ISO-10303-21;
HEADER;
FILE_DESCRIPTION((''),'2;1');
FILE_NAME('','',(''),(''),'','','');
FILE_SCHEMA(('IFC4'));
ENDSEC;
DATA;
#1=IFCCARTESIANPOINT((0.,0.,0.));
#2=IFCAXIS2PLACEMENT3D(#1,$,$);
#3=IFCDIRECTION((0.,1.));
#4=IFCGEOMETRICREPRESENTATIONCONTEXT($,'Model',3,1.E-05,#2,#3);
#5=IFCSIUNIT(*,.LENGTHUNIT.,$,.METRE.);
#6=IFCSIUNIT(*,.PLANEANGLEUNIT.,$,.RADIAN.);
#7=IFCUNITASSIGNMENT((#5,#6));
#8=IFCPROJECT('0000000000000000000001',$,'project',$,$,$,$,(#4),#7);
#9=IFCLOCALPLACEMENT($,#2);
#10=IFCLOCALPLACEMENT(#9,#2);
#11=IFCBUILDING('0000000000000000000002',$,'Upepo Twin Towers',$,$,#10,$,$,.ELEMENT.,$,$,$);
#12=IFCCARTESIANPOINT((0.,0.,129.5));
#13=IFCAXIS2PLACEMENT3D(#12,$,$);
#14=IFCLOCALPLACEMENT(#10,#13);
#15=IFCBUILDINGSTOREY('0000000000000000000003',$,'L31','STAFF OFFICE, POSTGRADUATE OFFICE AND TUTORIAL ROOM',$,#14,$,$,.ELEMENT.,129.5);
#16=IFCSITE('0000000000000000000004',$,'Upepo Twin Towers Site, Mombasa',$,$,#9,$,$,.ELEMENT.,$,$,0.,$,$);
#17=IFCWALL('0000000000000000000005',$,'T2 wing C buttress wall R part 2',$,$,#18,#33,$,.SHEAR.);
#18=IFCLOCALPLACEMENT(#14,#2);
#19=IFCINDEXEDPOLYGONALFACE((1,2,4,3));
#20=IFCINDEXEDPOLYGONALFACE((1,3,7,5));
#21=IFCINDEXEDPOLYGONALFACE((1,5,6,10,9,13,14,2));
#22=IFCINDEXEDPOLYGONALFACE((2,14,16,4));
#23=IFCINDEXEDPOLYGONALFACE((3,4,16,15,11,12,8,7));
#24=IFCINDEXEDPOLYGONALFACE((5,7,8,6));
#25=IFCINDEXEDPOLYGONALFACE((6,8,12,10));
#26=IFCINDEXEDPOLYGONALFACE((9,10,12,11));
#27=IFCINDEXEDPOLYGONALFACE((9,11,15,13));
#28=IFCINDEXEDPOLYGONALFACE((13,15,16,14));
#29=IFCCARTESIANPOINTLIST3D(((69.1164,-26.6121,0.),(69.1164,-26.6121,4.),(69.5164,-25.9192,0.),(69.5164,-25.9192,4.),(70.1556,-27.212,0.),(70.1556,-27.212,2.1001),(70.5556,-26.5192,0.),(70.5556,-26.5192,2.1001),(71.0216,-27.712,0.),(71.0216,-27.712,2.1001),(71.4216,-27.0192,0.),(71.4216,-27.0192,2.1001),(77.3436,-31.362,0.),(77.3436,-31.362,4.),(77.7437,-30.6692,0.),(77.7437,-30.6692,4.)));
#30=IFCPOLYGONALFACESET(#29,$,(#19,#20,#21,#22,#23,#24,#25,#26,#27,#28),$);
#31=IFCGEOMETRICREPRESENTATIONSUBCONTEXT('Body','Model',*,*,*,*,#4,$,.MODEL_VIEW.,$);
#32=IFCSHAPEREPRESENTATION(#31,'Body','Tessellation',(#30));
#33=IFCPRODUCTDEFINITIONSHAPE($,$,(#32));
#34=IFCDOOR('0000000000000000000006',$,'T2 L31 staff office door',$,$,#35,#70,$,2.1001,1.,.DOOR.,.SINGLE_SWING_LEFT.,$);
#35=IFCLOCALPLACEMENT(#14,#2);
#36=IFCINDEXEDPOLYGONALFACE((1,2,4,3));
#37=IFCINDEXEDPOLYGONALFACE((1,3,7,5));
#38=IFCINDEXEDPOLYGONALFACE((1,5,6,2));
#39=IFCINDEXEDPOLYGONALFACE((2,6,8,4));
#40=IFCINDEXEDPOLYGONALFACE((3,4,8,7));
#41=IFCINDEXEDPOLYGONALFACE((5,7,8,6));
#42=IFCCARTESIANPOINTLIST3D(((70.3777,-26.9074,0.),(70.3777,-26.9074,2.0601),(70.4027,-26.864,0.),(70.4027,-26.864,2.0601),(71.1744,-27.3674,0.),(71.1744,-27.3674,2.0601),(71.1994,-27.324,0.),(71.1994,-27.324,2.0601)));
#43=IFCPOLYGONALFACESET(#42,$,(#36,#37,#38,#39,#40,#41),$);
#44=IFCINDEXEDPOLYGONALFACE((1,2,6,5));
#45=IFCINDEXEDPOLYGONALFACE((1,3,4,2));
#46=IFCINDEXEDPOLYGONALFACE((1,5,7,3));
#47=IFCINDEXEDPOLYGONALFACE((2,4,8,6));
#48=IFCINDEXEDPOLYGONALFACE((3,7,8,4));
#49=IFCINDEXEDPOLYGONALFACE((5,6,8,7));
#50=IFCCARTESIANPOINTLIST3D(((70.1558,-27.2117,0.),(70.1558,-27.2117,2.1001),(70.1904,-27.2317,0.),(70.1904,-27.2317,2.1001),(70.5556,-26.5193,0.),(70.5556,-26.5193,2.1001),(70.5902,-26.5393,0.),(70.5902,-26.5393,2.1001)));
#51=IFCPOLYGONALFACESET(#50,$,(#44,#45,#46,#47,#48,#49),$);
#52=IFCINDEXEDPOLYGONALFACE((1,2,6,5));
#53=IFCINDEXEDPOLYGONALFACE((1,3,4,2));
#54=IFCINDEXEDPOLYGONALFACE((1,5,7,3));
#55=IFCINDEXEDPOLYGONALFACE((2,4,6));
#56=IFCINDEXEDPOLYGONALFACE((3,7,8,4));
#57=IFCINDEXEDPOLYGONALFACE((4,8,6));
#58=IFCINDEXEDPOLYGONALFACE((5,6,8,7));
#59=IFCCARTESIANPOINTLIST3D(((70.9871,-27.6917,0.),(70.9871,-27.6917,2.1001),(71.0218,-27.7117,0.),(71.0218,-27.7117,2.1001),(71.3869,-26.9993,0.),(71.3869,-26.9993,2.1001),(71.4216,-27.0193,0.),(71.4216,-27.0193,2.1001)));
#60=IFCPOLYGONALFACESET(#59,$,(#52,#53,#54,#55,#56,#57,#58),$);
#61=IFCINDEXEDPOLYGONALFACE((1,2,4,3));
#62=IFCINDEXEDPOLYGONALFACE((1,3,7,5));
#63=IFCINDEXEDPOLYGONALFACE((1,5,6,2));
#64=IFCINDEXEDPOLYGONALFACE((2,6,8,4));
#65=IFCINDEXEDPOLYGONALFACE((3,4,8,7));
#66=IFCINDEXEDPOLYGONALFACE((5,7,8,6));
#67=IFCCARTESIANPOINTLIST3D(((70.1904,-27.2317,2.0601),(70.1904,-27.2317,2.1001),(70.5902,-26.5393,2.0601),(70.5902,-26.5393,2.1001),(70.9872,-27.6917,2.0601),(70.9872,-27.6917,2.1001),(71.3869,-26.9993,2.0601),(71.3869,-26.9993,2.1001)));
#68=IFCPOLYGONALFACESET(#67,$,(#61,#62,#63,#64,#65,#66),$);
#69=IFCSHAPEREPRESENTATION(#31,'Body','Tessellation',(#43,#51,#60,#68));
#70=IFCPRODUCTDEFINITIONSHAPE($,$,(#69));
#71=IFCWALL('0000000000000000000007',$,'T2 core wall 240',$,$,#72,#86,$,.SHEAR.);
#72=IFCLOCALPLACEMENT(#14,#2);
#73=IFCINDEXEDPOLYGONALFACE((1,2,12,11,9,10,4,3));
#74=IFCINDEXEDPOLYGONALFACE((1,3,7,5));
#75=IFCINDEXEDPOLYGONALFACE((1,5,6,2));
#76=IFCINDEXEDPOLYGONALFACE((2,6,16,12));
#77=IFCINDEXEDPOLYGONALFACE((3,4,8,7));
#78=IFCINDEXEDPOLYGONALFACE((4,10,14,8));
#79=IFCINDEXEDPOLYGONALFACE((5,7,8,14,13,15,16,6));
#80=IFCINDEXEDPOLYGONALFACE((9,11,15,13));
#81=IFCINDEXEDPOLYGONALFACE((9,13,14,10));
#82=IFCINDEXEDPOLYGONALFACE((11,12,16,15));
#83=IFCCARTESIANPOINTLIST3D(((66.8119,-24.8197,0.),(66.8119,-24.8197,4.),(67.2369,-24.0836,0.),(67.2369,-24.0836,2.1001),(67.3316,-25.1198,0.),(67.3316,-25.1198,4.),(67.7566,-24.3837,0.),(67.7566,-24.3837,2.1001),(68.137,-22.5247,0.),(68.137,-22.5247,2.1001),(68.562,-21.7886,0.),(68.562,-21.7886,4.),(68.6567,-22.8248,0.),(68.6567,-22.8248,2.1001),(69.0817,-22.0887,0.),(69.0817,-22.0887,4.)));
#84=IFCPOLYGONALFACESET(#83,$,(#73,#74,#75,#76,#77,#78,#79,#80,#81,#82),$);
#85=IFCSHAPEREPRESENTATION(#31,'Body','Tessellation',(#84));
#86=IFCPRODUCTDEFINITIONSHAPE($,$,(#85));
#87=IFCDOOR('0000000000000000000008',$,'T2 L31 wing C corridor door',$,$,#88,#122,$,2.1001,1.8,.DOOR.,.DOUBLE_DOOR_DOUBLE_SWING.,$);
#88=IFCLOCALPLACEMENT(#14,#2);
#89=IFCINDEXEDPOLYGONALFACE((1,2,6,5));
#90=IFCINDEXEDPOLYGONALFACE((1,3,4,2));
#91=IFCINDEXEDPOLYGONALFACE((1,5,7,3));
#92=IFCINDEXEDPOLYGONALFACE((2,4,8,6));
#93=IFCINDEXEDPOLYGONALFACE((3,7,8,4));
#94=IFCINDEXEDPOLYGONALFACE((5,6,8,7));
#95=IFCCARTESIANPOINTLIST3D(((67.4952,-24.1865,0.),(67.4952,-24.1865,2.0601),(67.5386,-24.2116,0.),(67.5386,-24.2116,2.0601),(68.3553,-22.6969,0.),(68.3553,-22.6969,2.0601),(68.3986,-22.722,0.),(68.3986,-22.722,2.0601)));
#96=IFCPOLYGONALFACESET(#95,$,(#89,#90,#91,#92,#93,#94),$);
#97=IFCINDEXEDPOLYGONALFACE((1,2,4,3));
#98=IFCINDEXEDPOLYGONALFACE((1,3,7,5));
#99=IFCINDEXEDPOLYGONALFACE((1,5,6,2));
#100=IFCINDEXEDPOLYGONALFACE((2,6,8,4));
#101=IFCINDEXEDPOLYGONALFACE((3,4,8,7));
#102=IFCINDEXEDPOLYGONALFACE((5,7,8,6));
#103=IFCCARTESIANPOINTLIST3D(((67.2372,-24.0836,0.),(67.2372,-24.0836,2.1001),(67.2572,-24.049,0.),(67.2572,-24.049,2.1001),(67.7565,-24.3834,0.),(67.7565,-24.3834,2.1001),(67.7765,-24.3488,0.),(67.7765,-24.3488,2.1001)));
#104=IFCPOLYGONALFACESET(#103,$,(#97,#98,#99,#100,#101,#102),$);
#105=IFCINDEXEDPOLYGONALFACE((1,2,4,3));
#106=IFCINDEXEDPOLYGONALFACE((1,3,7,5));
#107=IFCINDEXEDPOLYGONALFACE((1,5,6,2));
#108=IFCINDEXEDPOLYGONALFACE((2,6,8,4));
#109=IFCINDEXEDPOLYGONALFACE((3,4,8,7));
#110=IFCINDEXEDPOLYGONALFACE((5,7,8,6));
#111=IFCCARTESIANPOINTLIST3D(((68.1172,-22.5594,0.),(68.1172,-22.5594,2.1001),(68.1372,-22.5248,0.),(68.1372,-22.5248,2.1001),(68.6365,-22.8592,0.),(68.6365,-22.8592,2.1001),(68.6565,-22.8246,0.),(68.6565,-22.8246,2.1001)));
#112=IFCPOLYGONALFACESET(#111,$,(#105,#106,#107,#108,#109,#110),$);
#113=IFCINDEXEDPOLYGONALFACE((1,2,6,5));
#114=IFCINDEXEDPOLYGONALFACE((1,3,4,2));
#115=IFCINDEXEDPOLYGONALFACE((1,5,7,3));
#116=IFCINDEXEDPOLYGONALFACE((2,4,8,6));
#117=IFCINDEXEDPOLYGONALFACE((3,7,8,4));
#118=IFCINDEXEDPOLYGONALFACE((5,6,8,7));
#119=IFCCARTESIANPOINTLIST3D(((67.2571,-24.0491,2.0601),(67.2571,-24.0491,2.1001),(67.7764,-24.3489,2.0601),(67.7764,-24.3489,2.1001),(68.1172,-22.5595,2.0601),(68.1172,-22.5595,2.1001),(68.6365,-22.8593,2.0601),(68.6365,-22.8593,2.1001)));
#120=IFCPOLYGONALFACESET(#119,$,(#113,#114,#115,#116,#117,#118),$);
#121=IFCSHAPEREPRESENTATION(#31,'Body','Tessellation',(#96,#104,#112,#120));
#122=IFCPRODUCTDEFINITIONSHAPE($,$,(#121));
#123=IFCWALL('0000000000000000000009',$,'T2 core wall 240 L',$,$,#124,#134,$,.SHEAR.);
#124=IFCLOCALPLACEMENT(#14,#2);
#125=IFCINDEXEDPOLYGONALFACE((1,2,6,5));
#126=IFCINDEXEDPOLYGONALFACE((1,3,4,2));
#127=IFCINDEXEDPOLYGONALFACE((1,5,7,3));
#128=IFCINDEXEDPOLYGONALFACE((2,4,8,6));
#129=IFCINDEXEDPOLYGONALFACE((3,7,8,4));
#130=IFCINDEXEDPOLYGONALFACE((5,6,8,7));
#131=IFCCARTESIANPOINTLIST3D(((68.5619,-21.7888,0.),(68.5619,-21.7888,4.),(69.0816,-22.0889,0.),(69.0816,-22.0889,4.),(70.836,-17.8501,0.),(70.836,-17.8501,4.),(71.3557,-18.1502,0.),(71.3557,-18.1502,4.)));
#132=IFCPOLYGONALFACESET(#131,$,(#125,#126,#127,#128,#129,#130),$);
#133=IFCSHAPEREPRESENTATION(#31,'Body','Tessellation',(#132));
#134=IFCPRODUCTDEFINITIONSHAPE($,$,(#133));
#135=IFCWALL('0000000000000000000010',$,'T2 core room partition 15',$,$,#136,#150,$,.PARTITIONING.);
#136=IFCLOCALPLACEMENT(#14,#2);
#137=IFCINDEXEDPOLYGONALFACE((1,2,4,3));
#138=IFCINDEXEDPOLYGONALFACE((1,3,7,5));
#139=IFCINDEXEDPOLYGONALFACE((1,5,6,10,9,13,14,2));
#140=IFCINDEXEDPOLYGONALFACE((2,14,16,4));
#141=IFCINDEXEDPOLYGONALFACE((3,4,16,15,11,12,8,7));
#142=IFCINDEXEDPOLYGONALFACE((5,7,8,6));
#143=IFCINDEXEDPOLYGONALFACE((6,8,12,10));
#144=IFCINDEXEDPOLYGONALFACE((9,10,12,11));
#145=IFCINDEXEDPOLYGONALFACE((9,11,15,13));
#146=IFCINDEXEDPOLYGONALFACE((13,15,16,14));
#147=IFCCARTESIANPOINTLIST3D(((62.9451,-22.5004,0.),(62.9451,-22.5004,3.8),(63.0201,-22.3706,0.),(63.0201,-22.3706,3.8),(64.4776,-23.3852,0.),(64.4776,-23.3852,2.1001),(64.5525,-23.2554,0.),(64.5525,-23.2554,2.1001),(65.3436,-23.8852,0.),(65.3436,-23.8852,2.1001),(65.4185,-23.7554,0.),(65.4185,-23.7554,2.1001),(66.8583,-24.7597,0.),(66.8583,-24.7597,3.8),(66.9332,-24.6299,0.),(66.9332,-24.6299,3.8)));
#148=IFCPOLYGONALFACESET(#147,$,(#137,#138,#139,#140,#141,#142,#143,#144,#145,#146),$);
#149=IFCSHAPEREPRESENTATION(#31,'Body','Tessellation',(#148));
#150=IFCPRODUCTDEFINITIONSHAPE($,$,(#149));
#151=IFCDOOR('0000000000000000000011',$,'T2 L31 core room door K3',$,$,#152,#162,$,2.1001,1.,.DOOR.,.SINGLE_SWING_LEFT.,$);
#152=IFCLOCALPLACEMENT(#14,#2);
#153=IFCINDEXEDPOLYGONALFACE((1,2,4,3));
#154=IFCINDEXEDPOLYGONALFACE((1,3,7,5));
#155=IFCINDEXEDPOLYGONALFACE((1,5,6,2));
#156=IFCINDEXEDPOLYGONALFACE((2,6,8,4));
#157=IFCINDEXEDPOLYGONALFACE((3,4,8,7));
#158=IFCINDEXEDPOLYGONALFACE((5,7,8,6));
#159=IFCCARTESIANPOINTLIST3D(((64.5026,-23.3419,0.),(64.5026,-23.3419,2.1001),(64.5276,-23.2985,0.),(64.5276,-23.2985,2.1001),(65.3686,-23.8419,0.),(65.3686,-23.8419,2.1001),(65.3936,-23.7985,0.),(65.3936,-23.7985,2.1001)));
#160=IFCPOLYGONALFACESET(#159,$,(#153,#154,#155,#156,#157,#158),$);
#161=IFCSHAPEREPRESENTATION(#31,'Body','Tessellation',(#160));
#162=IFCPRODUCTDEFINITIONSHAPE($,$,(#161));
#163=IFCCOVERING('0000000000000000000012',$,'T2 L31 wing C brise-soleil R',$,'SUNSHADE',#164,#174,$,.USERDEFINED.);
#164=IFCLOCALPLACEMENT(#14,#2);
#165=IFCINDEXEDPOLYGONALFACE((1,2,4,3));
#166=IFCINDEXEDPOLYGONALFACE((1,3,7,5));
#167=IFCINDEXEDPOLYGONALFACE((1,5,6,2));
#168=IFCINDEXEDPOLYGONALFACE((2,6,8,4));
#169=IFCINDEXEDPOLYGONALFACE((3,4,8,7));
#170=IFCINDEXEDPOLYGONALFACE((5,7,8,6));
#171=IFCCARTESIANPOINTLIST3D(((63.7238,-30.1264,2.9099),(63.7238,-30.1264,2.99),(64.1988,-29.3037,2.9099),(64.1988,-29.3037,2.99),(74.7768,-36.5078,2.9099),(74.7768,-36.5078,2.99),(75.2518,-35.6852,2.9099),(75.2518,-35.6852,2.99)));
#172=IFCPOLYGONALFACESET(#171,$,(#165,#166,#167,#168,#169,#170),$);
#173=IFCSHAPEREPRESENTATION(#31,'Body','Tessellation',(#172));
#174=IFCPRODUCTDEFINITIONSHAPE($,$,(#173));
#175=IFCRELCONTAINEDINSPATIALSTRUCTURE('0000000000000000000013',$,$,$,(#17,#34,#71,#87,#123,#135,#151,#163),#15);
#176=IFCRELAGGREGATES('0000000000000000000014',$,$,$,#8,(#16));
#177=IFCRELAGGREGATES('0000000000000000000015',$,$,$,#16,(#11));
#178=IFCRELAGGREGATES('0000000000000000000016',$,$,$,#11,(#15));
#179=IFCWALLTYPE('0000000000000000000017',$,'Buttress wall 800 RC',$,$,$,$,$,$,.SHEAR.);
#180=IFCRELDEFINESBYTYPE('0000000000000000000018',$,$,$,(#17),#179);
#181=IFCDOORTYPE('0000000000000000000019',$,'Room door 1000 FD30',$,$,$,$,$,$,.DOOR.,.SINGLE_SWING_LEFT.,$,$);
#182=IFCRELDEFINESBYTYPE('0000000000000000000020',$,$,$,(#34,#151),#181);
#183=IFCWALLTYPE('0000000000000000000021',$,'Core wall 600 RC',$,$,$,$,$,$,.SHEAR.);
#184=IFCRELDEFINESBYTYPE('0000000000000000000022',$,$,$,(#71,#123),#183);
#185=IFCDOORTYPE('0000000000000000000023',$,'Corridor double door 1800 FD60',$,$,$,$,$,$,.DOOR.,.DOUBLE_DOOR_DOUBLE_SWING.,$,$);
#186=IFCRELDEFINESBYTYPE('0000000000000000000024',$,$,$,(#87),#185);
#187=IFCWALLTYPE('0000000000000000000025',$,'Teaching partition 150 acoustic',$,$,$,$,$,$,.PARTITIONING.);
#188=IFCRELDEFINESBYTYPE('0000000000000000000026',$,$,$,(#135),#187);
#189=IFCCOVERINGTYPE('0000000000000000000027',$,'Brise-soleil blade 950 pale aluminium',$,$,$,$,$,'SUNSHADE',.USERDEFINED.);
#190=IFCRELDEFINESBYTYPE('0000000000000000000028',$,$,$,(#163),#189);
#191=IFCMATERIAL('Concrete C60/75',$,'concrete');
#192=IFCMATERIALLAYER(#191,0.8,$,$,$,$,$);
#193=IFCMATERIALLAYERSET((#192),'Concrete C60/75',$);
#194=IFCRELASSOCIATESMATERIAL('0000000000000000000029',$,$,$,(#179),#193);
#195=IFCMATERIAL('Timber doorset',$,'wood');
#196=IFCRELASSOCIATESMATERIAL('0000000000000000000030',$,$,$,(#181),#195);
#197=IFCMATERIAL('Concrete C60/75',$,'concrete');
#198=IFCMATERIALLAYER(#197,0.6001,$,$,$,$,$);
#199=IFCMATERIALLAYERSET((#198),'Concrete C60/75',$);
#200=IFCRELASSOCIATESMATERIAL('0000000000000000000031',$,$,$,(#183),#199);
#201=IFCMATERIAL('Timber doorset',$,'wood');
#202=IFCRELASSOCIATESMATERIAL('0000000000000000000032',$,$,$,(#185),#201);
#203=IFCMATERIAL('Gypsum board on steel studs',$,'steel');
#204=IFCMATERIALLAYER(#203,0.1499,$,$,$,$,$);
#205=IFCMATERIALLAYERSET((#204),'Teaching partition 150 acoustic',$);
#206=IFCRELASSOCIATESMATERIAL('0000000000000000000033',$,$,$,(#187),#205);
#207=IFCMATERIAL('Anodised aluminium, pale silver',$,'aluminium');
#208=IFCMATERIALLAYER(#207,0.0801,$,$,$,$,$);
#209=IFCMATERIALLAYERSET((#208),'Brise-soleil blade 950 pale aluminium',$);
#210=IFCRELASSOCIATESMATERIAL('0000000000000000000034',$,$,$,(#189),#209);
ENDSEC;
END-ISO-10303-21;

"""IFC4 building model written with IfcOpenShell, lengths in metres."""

from ifc_helpers import new_model, si_unit, direction, frame, frame_2d, origin, origin_2d, place, context, subcontext, project, spatial, rectangle, extrude, material, layer, layer_set, type_object, element, fill, save


model = new_model("IFC4")

# Units and contexts
model_context = context("Model", 3, precision=1e-05, world=origin(), true_north=direction((0.0, 1.0)))
body_context = subcontext(model_context, "Body", "Model", "MODEL_VIEW")
ifc_project = project(units=[si_unit("LENGTHUNIT", "METRE"), si_unit("PLANEANGLEUNIT", "RADIAN")], contexts=[model_context])

# Site, building, storey
site_placement = place(None, origin())
site = spatial("IfcSite", under=ifc_project, at=site_placement, Name="Upepo Twin Towers Site, Mombasa", CompositionType="ELEMENT", RefElevation=0.0)
building_placement = place(site_placement, origin())
building = spatial("IfcBuilding", under=site, at=building_placement, Name="Upepo Twin Towers", CompositionType="ELEMENT")
storey_placement = place(building_placement, frame((0.0, 0.0, 129.5)))
storey = spatial("IfcBuildingStorey", under=building, at=storey_placement, Name="L31", Description="STAFF OFFICE, POSTGRADUATE OFFICE AND TUTORIAL ROOM", CompositionType="ELEMENT", Elevation=129.5)

# Walls, openings, doors
ifc_material_1 = material(Name="Concrete C60/75", Category="concrete")
ifc_layer_1 = layer(ifc_material_1, 0.8)
ifc_layer_set_1 = layer_set([ifc_layer_1], Name="Concrete C60/75")
wall_type_1 = type_object("IfcWallType", Name="Buttress wall 800 RC", PredefinedType="SHEAR", material=ifc_layer_set_1)
ifc_material_2 = material(Name="Timber doorset", Category="wood")
door_type_1 = type_object("IfcDoorType", Name="Room door 1000 FD30", OperationType="SINGLE_SWING_LEFT", PredefinedType="DOOR", material=ifc_material_2)
wall_1_placement = place(storey_placement, frame((69.3164, -26.2656, 0.0), z_axis=(0.0, 0.0, 1.0), x_axis=(0.866027, -0.499998, 0.0)))
wall_1 = element("IfcWall", 1, at=wall_1_placement, inside=storey, type_object=wall_type_1, Name="T2 wing C buttress wall R part 2", PredefinedType="SHEAR", context=body_context, shape_type="SweptSolid", body=[
    extrude(rectangle(XDim=9.5, YDim=0.8, at=frame_2d((4.75, 0.0))), origin(), (0.0, 0.0, 1.0), 4.0),
])
opening_1_placement = place(wall_1_placement, frame((1.2, 0.0, 0.0)))
opening_1 = element("IfcOpeningElement", 2, at=opening_1_placement, cuts=wall_1, PredefinedType="OPENING", context=body_context, shape_type="SweptSolid", body=[
    extrude(rectangle(XDim=1.0, YDim=2.1001, at=frame_2d((0.5, 1.05))), frame((0.0, 0.4099, 0.0), z_axis=(0.0, -1.0, 0.0), x_axis=(1.0, 0.0, 0.0)), (0.0, 0.0, 1.0), 0.8201),
])
door_1_placement = place(opening_1_placement, origin())
door_1 = element("IfcDoor", 3, at=door_1_placement, inside=storey, type_object=door_type_1, Name="T2 L31 staff office door", OperationType="SINGLE_SWING_LEFT", OverallHeight=2.1001, OverallWidth=1.0, PredefinedType="DOOR", context=body_context, shape_type="SweptSolid", body=[
    extrude(rectangle(XDim=0.92, YDim=2.0601, at=frame_2d((0.5, 1.03))), frame((0.0, 0.0249, 0.0), z_axis=(0.0, -1.0, 0.0), x_axis=(1.0, 0.0, 0.0)), (0.0, 0.0, 1.0), 0.05),
    extrude(rectangle(XDim=0.04, YDim=2.1001, at=frame_2d((0.02, 1.05))), frame((0.0, 0.3999, 0.0), z_axis=(0.0, -1.0, 0.0), x_axis=(1.0, 0.0, 0.0)), (0.0, 0.0, 1.0), 0.7996),
    extrude(rectangle(XDim=0.04, YDim=2.1001, at=frame_2d((0.98, 1.05))), frame((0.0, 0.3999, 0.0), z_axis=(0.0, -1.0, 0.0), x_axis=(1.0, 0.0, 0.0)), (0.0, 0.0, 1.0), 0.7996),
    extrude(rectangle(XDim=0.92, YDim=0.04, at=frame_2d((0.5, 2.0801))), frame((0.0, 0.3999, 0.0), z_axis=(0.0, -1.0, 0.0), x_axis=(1.0, 0.0, 0.0)), (0.0, 0.0, 1.0), 0.7996),
])
fill(opening_1, door_1)
ifc_material_3 = material(Name="Concrete C60/75", Category="concrete")
ifc_layer_2 = layer(ifc_material_3, 0.6001)
ifc_layer_set_2 = layer_set([ifc_layer_2], Name="Concrete C60/75")
wall_type_2 = type_object("IfcWallType", Name="Core wall 600 RC", PredefinedType="SHEAR", material=ifc_layer_set_2)
wall_2_placement = place(storey_placement, frame((67.0718, -24.9697, 0.0), z_axis=(0.0, 0.0, 1.0), x_axis=(0.50001, 0.866019, 0.0)))
wall_2 = element("IfcWall", 4, at=wall_2_placement, inside=storey, type_object=wall_type_2, Name="T2 core wall 240", PredefinedType="SHEAR", context=body_context, shape_type="SweptSolid", body=[
    extrude(rectangle(XDim=3.5, YDim=0.6001, at=frame_2d((1.75, 0.0))), origin(), (0.0, 0.0, 1.0), 4.0),
])
opening_2_placement = place(wall_2_placement, frame((0.8501, 0.0, 0.0)))
opening_2 = element("IfcOpeningElement", 5, at=opening_2_placement, cuts=wall_2, PredefinedType="OPENING", context=body_context, shape_type="SweptSolid", body=[
    extrude(rectangle(XDim=1.8, YDim=2.1001, at=frame_2d((0.8999, 1.05))), frame((0.0, 0.3101, 0.0), z_axis=(0.0, -1.0, 0.0), x_axis=(1.0, 0.0, 0.0)), (0.0, 0.0, 1.0), 0.6201),
])
ifc_material_4 = material(Name="Timber doorset", Category="wood")
door_type_2 = type_object("IfcDoorType", Name="Corridor double door 1800 FD60", OperationType="DOUBLE_DOOR_DOUBLE_SWING", PredefinedType="DOOR", material=ifc_material_4)
door_2_placement = place(opening_2_placement, origin())
door_2 = element("IfcDoor", 6, at=door_2_placement, inside=storey, type_object=door_type_2, Name="T2 L31 wing C corridor door", OperationType="DOUBLE_DOOR_DOUBLE_SWING", OverallHeight=2.1001, OverallWidth=1.8, PredefinedType="DOOR", context=body_context, shape_type="SweptSolid", body=[
    extrude(rectangle(XDim=1.72, YDim=2.0601, at=frame_2d((0.8999, 1.03))), frame((0.0, 0.0249, 0.0), z_axis=(0.0, -1.0, 0.0), x_axis=(1.0, 0.0, 0.0)), (0.0, 0.0, 1.0), 0.05),
    extrude(rectangle(XDim=0.04, YDim=2.1001, at=frame_2d((0.02, 1.05))), frame((0.0, 0.2998, 0.0), z_axis=(0.0, -1.0, 0.0), x_axis=(1.0, 0.0, 0.0)), (0.0, 0.0, 1.0), 0.5996),
    extrude(rectangle(XDim=0.04, YDim=2.1001, at=frame_2d((1.78, 1.05))), frame((0.0, 0.2998, 0.0), z_axis=(0.0, -1.0, 0.0), x_axis=(1.0, 0.0, 0.0)), (0.0, 0.0, 1.0), 0.5996),
    extrude(rectangle(XDim=1.72, YDim=0.04, at=frame_2d((0.8999, 2.0801))), frame((0.0, 0.2998, 0.0), z_axis=(0.0, -1.0, 0.0), x_axis=(1.0, 0.0, 0.0)), (0.0, 0.0, 1.0), 0.5996),
])
fill(opening_2, door_2)

# Wall
wall_3_placement = place(storey_placement, frame((68.8218, -21.9387, 0.0), z_axis=(0.0, 0.0, 1.0), x_axis=(0.500024, 0.866011, 0.0)))
element("IfcWall", 7, at=wall_3_placement, inside=storey, type_object=wall_type_2, Name="T2 core wall 240 L", PredefinedType="SHEAR", context=body_context, shape_type="SweptSolid", body=[
    extrude(rectangle(XDim=4.5481, YDim=0.6001, at=frame_2d((2.2739, 0.0))), origin(), (0.0, 0.0, 1.0), 4.0),
])

# Wall, opening, door
ifc_material_5 = material(Name="Gypsum board on steel studs", Category="steel")
ifc_layer_3 = layer(ifc_material_5, 0.1499)
ifc_layer_set_3 = layer_set([ifc_layer_3], Name="Teaching partition 150 acoustic")
wall_type_3 = type_object("IfcWallType", Name="Teaching partition 150 acoustic", PredefinedType="PARTITIONING", material=ifc_layer_set_3)
wall_4_placement = place(storey_placement, frame((66.8958, -24.6948, 0.0), z_axis=(0.0, 0.0, 1.0), x_axis=(-0.86602, 0.500009, 0.0)))
wall_4 = element("IfcWall", 8, at=wall_4_placement, inside=storey, type_object=wall_type_3, Name="T2 core room partition 15", PredefinedType="PARTITIONING", context=body_context, shape_type="SweptSolid", body=[
    extrude(rectangle(XDim=4.5186, YDim=0.1499, at=frame_2d((2.2593, 0.0))), origin(), (0.0, 0.0, 1.0), 3.8),
])
opening_3_placement = place(wall_4_placement, frame((1.749, 0.0, 0.0)))
opening_3 = element("IfcOpeningElement", 9, at=opening_3_placement, cuts=wall_4, PredefinedType="OPENING", context=body_context, shape_type="SweptSolid", body=[
    extrude(rectangle(XDim=1.0, YDim=2.1001, at=frame_2d((0.5, 1.05))), frame((0.0, 0.085, 0.0), z_axis=(0.0, -1.0, 0.0), x_axis=(1.0, 0.0, 0.0)), (0.0, 0.0, 1.0), 0.1699),
])
door_3_placement = place(opening_3_placement, origin())
door_3 = element("IfcDoor", 10, at=door_3_placement, inside=storey, type_object=door_type_1, Name="T2 L31 core room door K3", OperationType="SINGLE_SWING_LEFT", OverallHeight=2.1001, OverallWidth=1.0, PredefinedType="DOOR", context=body_context, shape_type="SweptSolid", body=[
    extrude(rectangle(XDim=1.0, YDim=2.1001, at=frame_2d((0.5, 1.05))), frame((0.0, 0.0249, 0.0), z_axis=(0.0, -1.0, 0.0), x_axis=(1.0, 0.0, 0.0)), (0.0, 0.0, 1.0), 0.05),
])
fill(opening_3, door_3)

# Covering
ifc_material_6 = material(Name="Anodised aluminium, pale silver", Category="aluminium")
ifc_layer_4 = layer(ifc_material_6, 0.0801)
ifc_layer_set_4 = layer_set([ifc_layer_4], Name="Brise-soleil blade 950 pale aluminium")
covering_type = type_object("IfcCoveringType", Name="Brise-soleil blade 950 pale aluminium", ElementType="SUNSHADE", PredefinedType="USERDEFINED", material=ifc_layer_set_4)
covering_placement = place(storey_placement, frame((69.4878, -32.9058, 2.9099), z_axis=(0.0, 0.0, 1.0), x_axis=(0.866025, -0.5, 0.0)))
element("IfcCovering", 11, at=covering_placement, inside=storey, type_object=covering_type, Name="T2 L31 wing C brise-soleil R", ObjectType="SUNSHADE", PredefinedType="USERDEFINED", context=body_context, shape_type="SweptSolid", body=[
    extrude(rectangle(XDim=12.7629, YDim=0.95, at=origin_2d()), origin(), (0.0, 0.0, 1.0), 0.0801),
])

save(model, "model.ifc")
